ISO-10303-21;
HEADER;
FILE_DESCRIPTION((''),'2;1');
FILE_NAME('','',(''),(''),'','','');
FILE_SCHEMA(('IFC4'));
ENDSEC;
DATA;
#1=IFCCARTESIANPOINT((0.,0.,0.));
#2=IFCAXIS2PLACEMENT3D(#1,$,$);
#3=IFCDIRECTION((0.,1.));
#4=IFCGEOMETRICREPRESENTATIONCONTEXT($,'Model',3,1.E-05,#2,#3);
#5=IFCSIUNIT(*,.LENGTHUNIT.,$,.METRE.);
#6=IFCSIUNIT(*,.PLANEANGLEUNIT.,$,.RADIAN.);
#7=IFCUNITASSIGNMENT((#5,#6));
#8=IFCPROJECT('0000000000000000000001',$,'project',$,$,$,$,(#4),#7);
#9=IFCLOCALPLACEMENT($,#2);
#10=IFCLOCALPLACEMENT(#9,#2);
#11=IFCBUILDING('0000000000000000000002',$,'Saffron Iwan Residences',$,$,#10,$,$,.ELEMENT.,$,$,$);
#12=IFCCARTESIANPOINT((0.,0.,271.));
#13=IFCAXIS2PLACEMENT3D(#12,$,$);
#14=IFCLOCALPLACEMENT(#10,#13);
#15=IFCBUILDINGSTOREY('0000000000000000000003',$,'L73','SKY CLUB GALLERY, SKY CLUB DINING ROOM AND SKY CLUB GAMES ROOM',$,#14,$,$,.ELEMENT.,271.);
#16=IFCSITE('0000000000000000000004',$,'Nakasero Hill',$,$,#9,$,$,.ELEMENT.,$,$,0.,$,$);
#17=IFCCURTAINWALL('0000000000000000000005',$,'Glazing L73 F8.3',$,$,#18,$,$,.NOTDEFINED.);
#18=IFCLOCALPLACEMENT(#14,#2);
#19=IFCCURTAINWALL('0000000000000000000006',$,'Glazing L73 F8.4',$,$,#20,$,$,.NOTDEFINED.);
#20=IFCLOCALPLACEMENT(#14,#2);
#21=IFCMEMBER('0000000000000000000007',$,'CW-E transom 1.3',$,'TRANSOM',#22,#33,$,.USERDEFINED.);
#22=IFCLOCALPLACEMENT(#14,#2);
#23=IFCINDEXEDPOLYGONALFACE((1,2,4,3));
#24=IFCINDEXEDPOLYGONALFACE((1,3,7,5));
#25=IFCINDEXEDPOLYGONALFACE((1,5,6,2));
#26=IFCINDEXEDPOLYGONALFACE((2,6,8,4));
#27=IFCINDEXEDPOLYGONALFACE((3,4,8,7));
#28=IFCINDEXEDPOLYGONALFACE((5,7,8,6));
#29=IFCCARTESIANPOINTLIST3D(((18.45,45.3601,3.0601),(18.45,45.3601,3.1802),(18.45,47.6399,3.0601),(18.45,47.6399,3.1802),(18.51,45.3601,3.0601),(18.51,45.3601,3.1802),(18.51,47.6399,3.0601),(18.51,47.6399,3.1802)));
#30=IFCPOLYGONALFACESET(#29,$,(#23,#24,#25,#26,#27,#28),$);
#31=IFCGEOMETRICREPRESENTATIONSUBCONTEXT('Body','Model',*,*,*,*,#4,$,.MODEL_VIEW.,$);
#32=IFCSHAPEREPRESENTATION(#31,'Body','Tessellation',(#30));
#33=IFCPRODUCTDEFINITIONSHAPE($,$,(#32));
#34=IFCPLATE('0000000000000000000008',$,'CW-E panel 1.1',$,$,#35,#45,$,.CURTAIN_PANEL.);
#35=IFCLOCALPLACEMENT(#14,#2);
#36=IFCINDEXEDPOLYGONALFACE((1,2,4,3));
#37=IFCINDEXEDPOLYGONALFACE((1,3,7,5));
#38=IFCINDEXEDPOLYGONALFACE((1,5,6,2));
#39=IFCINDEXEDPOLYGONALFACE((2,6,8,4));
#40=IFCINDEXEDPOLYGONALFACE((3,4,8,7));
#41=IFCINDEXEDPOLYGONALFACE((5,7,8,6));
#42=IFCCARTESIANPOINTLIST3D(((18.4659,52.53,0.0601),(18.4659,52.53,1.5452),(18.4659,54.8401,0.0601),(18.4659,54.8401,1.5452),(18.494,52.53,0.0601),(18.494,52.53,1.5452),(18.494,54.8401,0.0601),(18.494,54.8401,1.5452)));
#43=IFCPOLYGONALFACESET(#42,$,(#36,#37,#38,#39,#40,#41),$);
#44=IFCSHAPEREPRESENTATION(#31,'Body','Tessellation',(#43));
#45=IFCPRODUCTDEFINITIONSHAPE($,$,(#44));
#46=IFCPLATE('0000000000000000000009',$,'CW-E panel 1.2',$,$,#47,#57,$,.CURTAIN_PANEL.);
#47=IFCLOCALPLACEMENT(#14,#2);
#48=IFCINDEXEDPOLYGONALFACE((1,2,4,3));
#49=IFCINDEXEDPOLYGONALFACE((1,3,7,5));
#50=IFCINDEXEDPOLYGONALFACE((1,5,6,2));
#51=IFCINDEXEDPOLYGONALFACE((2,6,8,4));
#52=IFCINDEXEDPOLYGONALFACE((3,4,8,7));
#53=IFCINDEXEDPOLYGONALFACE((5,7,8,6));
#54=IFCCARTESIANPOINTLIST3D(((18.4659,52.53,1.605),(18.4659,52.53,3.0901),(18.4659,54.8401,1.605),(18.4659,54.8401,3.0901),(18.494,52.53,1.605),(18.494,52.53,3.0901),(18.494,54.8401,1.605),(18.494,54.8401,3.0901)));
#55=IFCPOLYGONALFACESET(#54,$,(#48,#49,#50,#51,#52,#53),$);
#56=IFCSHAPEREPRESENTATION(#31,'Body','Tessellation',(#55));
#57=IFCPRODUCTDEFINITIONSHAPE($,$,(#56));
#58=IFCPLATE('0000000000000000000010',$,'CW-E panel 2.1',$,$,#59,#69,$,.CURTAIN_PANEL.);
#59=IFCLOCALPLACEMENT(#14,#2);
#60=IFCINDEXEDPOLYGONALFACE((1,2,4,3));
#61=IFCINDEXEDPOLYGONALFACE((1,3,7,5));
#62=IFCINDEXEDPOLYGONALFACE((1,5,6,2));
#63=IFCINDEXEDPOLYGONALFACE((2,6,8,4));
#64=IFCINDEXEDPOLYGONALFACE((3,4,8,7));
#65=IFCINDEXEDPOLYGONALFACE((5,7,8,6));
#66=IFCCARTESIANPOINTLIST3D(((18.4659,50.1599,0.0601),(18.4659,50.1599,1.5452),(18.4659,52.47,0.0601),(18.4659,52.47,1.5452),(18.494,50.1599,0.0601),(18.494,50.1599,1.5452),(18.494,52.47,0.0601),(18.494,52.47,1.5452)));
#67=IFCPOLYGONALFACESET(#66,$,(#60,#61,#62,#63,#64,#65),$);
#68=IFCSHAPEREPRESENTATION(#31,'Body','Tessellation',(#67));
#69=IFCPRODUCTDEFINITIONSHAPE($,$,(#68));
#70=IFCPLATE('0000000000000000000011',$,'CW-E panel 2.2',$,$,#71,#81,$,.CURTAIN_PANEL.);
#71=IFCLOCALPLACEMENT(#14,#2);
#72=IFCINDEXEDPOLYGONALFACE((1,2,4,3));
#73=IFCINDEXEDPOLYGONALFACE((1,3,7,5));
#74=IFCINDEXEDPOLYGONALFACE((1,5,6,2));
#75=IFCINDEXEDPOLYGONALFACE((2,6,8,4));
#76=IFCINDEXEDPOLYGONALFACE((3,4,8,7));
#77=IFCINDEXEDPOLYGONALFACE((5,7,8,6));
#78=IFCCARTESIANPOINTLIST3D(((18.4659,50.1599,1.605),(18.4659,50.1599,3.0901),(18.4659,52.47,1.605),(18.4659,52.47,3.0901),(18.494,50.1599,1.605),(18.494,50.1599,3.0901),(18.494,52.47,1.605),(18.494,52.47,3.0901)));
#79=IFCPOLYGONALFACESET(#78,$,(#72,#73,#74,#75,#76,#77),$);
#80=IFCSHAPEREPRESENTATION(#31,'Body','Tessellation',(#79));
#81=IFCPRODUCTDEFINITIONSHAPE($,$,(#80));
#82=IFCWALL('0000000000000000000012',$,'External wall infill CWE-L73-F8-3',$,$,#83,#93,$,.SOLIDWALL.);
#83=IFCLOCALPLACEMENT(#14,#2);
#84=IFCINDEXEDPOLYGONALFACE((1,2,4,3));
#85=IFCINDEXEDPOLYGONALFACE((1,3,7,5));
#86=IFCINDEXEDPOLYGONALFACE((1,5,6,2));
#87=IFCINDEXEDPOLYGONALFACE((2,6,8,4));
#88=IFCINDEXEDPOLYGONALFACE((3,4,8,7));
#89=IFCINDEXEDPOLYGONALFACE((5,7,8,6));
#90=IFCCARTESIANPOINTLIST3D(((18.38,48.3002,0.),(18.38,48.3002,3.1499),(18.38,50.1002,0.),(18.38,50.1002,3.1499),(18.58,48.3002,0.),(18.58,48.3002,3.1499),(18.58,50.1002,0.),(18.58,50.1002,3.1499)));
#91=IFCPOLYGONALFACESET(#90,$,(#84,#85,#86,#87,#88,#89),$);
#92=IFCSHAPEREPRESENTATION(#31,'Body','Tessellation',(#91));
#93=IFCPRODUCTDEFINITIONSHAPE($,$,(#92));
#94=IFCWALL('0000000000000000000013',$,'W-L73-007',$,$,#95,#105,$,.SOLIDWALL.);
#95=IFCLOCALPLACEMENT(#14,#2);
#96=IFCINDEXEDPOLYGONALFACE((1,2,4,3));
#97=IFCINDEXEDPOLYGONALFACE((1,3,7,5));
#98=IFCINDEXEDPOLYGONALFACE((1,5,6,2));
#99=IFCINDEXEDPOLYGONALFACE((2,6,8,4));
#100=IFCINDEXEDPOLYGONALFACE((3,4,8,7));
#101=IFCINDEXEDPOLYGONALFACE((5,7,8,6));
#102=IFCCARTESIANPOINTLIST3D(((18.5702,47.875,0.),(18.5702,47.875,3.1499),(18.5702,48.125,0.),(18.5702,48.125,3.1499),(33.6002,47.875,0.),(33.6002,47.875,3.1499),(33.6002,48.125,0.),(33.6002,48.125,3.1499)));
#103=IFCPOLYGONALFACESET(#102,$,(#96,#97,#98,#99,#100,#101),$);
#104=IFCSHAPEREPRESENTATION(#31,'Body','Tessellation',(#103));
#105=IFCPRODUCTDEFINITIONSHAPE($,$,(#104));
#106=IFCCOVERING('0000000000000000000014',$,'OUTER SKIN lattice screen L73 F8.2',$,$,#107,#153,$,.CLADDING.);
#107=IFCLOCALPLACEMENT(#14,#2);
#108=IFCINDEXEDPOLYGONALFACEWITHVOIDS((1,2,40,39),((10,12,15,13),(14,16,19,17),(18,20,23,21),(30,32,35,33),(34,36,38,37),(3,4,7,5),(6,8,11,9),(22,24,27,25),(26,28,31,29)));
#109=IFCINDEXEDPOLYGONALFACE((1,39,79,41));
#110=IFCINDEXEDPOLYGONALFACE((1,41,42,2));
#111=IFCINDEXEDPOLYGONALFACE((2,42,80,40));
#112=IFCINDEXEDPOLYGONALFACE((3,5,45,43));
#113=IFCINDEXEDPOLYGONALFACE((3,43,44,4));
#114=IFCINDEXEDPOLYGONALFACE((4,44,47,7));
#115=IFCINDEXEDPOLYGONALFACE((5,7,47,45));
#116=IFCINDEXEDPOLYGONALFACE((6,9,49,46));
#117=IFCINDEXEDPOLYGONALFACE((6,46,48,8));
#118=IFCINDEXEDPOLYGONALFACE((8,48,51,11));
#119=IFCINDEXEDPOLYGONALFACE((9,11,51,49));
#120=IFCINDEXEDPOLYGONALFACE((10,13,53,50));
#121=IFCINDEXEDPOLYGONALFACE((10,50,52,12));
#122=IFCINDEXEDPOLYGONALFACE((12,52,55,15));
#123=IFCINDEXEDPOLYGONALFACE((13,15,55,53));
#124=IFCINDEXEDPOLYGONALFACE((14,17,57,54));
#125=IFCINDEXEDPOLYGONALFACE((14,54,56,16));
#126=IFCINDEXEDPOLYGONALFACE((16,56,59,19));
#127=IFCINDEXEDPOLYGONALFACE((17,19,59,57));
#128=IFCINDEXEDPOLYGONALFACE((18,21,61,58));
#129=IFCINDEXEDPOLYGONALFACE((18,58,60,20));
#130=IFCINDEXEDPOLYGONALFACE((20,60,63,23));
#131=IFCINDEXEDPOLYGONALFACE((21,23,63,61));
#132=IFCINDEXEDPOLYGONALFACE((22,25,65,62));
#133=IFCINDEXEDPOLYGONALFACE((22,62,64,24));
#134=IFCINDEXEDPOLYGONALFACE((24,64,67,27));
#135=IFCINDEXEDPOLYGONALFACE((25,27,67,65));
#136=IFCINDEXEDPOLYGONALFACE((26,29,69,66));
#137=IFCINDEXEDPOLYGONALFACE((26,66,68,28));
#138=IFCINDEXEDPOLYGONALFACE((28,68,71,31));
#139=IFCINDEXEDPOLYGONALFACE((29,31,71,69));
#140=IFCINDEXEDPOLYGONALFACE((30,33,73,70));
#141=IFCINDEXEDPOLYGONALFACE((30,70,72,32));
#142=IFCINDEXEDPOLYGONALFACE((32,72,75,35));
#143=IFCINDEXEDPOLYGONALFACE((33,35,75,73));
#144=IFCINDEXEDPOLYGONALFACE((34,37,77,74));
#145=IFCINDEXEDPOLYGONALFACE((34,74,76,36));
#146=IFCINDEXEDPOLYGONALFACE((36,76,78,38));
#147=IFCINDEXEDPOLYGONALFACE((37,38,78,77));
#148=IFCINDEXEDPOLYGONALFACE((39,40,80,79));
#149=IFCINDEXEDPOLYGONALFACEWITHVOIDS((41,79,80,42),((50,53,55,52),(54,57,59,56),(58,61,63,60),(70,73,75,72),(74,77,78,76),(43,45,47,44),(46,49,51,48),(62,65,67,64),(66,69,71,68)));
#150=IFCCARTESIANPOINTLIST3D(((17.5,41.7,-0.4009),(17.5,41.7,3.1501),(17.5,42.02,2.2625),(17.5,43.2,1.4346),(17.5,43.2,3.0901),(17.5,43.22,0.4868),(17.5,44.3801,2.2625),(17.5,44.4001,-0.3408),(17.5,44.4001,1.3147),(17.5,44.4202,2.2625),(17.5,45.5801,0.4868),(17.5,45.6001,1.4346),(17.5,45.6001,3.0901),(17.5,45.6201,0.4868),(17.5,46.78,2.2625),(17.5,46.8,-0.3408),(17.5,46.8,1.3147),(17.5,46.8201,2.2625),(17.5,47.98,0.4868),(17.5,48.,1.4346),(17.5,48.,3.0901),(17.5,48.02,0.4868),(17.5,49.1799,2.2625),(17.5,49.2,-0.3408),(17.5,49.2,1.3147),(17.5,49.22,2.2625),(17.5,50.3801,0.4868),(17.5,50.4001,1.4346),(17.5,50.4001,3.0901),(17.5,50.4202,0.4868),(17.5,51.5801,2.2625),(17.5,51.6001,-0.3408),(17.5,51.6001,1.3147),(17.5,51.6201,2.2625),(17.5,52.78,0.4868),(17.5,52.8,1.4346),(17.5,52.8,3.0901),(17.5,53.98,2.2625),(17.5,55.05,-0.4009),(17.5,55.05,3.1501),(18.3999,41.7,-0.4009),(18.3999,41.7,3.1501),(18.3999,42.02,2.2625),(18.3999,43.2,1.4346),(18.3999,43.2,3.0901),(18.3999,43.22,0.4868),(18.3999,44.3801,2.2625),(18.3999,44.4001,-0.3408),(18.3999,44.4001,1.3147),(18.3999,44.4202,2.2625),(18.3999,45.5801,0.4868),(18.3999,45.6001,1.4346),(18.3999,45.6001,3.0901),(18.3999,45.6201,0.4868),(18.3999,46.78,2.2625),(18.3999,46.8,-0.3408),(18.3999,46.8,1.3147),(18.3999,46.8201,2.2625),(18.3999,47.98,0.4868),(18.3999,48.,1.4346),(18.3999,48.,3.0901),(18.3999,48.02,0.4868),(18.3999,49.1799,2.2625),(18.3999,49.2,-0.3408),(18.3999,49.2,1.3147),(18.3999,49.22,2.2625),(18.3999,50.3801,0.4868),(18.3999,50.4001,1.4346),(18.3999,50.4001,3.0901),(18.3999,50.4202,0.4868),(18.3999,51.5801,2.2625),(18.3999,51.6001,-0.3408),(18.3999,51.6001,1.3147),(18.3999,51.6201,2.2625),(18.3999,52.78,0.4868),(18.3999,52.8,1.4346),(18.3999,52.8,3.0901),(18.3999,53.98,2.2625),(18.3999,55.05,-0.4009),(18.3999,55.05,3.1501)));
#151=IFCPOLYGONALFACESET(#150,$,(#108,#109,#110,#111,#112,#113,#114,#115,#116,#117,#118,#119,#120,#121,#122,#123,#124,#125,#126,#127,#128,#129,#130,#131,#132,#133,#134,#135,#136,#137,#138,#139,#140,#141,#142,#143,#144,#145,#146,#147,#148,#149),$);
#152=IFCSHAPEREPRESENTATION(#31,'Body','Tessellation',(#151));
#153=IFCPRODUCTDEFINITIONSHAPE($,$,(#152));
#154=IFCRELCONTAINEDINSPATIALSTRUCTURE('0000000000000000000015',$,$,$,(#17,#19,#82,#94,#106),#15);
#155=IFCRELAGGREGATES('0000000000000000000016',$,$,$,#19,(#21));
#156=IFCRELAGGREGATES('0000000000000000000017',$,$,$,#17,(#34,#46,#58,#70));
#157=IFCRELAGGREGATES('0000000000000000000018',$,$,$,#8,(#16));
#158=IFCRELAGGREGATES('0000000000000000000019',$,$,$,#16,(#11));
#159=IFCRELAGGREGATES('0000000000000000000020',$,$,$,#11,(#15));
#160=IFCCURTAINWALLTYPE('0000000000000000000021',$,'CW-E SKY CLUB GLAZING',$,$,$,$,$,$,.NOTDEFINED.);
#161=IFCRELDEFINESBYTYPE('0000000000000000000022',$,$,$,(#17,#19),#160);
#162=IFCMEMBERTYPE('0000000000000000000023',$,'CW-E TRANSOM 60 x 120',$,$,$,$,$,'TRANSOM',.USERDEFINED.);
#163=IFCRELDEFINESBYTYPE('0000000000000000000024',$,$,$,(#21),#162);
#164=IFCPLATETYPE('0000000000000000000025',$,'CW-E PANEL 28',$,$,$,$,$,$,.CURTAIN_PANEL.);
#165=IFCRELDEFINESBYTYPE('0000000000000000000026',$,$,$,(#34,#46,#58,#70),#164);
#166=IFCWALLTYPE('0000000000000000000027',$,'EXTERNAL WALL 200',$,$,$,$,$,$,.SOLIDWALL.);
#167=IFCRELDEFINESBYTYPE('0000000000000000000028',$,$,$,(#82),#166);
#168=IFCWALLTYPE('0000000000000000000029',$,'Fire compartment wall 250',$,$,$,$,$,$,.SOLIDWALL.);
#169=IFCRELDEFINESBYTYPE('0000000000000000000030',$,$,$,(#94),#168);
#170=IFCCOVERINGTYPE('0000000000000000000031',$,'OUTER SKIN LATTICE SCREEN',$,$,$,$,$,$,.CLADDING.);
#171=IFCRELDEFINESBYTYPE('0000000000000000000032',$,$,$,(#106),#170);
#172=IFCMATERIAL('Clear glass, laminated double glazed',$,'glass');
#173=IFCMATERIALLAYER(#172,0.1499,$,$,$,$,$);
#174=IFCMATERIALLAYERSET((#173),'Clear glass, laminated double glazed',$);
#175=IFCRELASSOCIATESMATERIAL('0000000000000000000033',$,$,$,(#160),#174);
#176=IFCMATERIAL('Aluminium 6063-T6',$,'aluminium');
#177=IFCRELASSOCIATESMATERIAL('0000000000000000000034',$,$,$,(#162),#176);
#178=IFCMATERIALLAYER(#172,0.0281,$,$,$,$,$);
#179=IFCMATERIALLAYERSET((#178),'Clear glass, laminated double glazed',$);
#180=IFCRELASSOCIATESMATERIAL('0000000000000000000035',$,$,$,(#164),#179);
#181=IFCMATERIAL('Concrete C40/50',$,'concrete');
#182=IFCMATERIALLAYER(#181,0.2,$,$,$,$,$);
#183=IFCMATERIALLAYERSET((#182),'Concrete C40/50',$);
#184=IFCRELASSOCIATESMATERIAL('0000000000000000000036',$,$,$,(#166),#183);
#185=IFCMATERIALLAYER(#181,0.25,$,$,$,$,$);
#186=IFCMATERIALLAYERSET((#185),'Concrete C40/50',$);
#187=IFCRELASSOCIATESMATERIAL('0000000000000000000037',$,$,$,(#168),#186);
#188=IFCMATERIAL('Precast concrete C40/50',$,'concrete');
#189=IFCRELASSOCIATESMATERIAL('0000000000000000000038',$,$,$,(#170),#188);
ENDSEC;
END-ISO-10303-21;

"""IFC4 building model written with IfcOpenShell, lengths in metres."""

from ifc_helpers import new_model, si_unit, direction, frame, frame_2d, origin, origin_2d, place, context, subcontext, project, spatial, polyline, rectangle, outline, extrude, source, transform, mapped, material, layer, layer_set, material_profile, profile_set, type_object, element, aggregate, save


model = new_model("IFC4")

# Units and contexts
model_context = context("Model", 3, precision=1e-05, world=origin(), true_north=direction((0.0, 1.0)))
body_context = subcontext(model_context, "Body", "Model", "MODEL_VIEW")
ifc_project = project(units=[si_unit("LENGTHUNIT", "METRE"), si_unit("PLANEANGLEUNIT", "RADIAN")], contexts=[model_context])

# Site, building, storey
site_placement = place(None, origin())
site = spatial("IfcSite", under=ifc_project, at=site_placement, Name="Nakasero Hill", CompositionType="ELEMENT", RefElevation=0.0)
building_placement = place(site_placement, origin())
building = spatial("IfcBuilding", under=site, at=building_placement, Name="Saffron Iwan Residences", CompositionType="ELEMENT")
storey_placement = place(building_placement, frame((0.0, 0.0, 271.0)))
storey = spatial("IfcBuildingStorey", under=building, at=storey_placement, Name="L73", Description="SKY CLUB GALLERY, SKY CLUB DINING ROOM AND SKY CLUB GAMES ROOM", CompositionType="ELEMENT", Elevation=271.0)

# Shared definitions
ifc_material_1 = material(Name="Concrete C40/50", Category="concrete")

# Curtain wall
ifc_material_2 = material(Name="Clear glass, laminated double glazed", Category="glass")
ifc_layer_1 = layer(ifc_material_2, 0.1499)
ifc_layer_set_1 = layer_set([ifc_layer_1], Name="Clear glass, laminated double glazed")
curtain_wall_type = type_object("IfcCurtainWallType", Name="CW-E SKY CLUB GLAZING", PredefinedType="NOTDEFINED", material=ifc_layer_set_1)
curtain_wall_1_placement = place(storey_placement, origin())
curtain_wall_1 = element("IfcCurtainWall", 1, at=curtain_wall_1_placement, inside=storey, type_object=curtain_wall_type, Name="Glazing L73 F8.3", PredefinedType="NOTDEFINED")
ifc_material_3 = material(Name="Aluminium 6063-T6", Category="aluminium")

# Curtain wall
curtain_wall_2_placement = place(storey_placement, origin())
curtain_wall_2 = element("IfcCurtainWall", 2, at=curtain_wall_2_placement, inside=storey, type_object=curtain_wall_type, Name="Glazing L73 F8.4", PredefinedType="NOTDEFINED")

# Member
ifc_material_profile_1 = material_profile(ifc_material_3, rectangle(XDim=0.0601, YDim=0.1201, at=origin_2d()), Name="CW-E TRANSOM 60 x 120")
ifc_profile_set_1 = profile_set([ifc_material_profile_1], Name="Aluminium 6063-T6")
member_type_1 = type_object("IfcMemberType", Name="CW-E TRANSOM 60 x 120", ElementType="TRANSOM", PredefinedType="USERDEFINED", material=ifc_profile_set_1)
shared_shape_1 = source(origin(), body_context, "Body", "SweptSolid", [
    extrude(rectangle(XDim=0.0601, YDim=0.1201, at=origin_2d()), origin(), (0.0, 0.0, 1.0), 2.2798),
])
member_1_placement = place(storey_placement, frame((18.48, 47.6399, 3.1201), z_axis=(0.0, -1.0, 0.0), x_axis=(1.0, 0.0, 0.0)))
member_1 = element("IfcMember", 3, at=member_1_placement, type_object=member_type_1, Name="CW-E transom 1.3", ObjectType="TRANSOM", PredefinedType="USERDEFINED", context=body_context, shape_type="MappedRepresentation", body=[
    mapped(shared_shape_1, transform((0.0, 0.0, 0.0))),
])
aggregate(curtain_wall_2, [member_1])

# Plates
ifc_layer_2 = layer(ifc_material_2, 0.0281)
ifc_layer_set_2 = layer_set([ifc_layer_2], Name="Clear glass, laminated double glazed")
plate_type = type_object("IfcPlateType", Name="CW-E PANEL 28", PredefinedType="CURTAIN_PANEL", material=ifc_layer_set_2)
shared_shape_2 = source(origin(), body_context, "Body", "SweptSolid", [
    extrude(rectangle(XDim=2.3101, YDim=0.0281, at=origin_2d()), origin(), (0.0, 0.0, 1.0), 1.4851),
])
plate_1_placement = place(storey_placement, frame((18.48, 53.6851, 0.0601), z_axis=(0.0, 0.0, 1.0), x_axis=(0.0, -1.0, 0.0)))
plate_1 = element("IfcPlate", 4, at=plate_1_placement, type_object=plate_type, Name="CW-E panel 1.1", PredefinedType="CURTAIN_PANEL", context=body_context, shape_type="MappedRepresentation", body=[
    mapped(shared_shape_2, transform((0.0, 0.0, 0.0))),
])
plate_2_placement = place(storey_placement, frame((18.48, 53.6851, 1.605), z_axis=(0.0, 0.0, 1.0), x_axis=(0.0, -1.0, 0.0)))
plate_2 = element("IfcPlate", 5, at=plate_2_placement, type_object=plate_type, Name="CW-E panel 1.2", PredefinedType="CURTAIN_PANEL", context=body_context, shape_type="MappedRepresentation", body=[
    mapped(shared_shape_2, transform((0.0, 0.0, 0.0))),
])
plate_3_placement = place(storey_placement, frame((18.48, 51.3149, 0.0601), z_axis=(0.0, 0.0, 1.0), x_axis=(0.0, -1.0, 0.0)))
plate_3 = element("IfcPlate", 6, at=plate_3_placement, type_object=plate_type, Name="CW-E panel 2.1", PredefinedType="CURTAIN_PANEL", context=body_context, shape_type="MappedRepresentation", body=[
    mapped(shared_shape_2, transform((0.0, 0.0, 0.0))),
])
plate_4_placement = place(storey_placement, frame((18.48, 51.3149, 1.605), z_axis=(0.0, 0.0, 1.0), x_axis=(0.0, -1.0, 0.0)))
plate_4 = element("IfcPlate", 7, at=plate_4_placement, type_object=plate_type, Name="CW-E panel 2.2", PredefinedType="CURTAIN_PANEL", context=body_context, shape_type="MappedRepresentation", body=[
    mapped(shared_shape_2, transform((0.0, 0.0, 0.0))),
])
aggregate(curtain_wall_1, [plate_1, plate_2, plate_3, plate_4])

# Walls
ifc_layer_3 = layer(ifc_material_1, 0.2)
ifc_layer_set_3 = layer_set([ifc_layer_3], Name="Concrete C40/50")
wall_type_1 = type_object("IfcWallType", Name="EXTERNAL WALL 200", PredefinedType="SOLIDWALL", material=ifc_layer_set_3)
wall_1_placement = place(storey_placement, frame((18.48, 50.1001, 0.0), z_axis=(0.0, 0.0, 1.0), x_axis=(0.0, -1.0, 0.0)))
element("IfcWall", 8, at=wall_1_placement, inside=storey, type_object=wall_type_1, Name="External wall infill CWE-L73-F8-3", PredefinedType="SOLIDWALL", context=body_context, shape_type="SweptSolid", body=[
    extrude(rectangle(XDim=1.8, YDim=0.2, at=frame_2d((0.8999, 0.0))), origin(), (0.0, 0.0, 1.0), 3.1499),
])
ifc_layer_4 = layer(ifc_material_1, 0.25)
ifc_layer_set_4 = layer_set([ifc_layer_4], Name="Concrete C40/50")
wall_type_2 = type_object("IfcWallType", Name="Fire compartment wall 250", PredefinedType="SOLIDWALL", material=ifc_layer_set_4)
wall_2_placement = place(storey_placement, frame((18.5701, 48.0, 0.0), z_axis=(0.0, 0.0, 1.0), x_axis=(1.0, 0.0, 0.0)))
element("IfcWall", 9, at=wall_2_placement, inside=storey, type_object=wall_type_2, Name="W-L73-007", PredefinedType="SOLIDWALL", context=body_context, shape_type="SweptSolid", body=[
    extrude(rectangle(XDim=15.03, YDim=0.25, at=frame_2d((7.5151, 0.0))), origin(), (0.0, 0.0, 1.0), 3.1499),
])

# Covering
ifc_material_4 = material(Name="Precast concrete C40/50", Category="concrete")
covering_type = type_object("IfcCoveringType", Name="OUTER SKIN LATTICE SCREEN", PredefinedType="CLADDING", material=ifc_material_4)
covering_placement = place(storey_placement, frame((18.3999, 55.05, -0.4009), z_axis=(-1.0, 0.0, 0.0), x_axis=(0.0, -1.0, 0.0)))
element("IfcCovering", 10, at=covering_placement, inside=storey, type_object=covering_type, Name="OUTER SKIN lattice screen L73 F8.2", PredefinedType="CLADDING", context=body_context, shape_type="SweptSolid", body=[
    extrude(outline(polyline([(0.0, 0.0), (13.3501, 0.0), (13.3501, 3.551), (0.0, 3.551), (0.0, 0.0)]), holes=[polyline([(2.27, 0.8877), (3.45, 0.0601), (4.6299, 0.8877), (3.45, 1.7156), (2.27, 0.8877)]), polyline([(4.6699, 0.8877), (5.8501, 0.0601), (7.03, 0.8877), (5.8501, 1.7156), (4.6699, 0.8877)]), polyline([(7.0701, 0.8877), (8.25, 0.0601), (9.4299, 0.8877), (8.25, 1.7156), (7.0701, 0.8877)]), polyline([(9.47, 0.8877), (10.6499, 0.0601), (11.8301, 0.8877), (10.6499, 1.7156), (9.47, 0.8877)]), polyline([(1.0701, 2.6633), (2.25, 1.8354), (3.4299, 2.6633), (2.25, 3.491), (1.0701, 2.6633)]), polyline([(3.47, 2.6633), (4.6499, 1.8354), (5.8301, 2.6633), (4.6499, 3.491), (3.47, 2.6633)]), polyline([(5.8701, 2.6633), (7.05, 1.8354), (8.23, 2.6633), (7.05, 3.491), (5.8701, 2.6633)]), polyline([(8.27, 2.6633), (9.45, 1.8354), (10.6299, 2.6633), (9.45, 3.491), (8.27, 2.6633)]), polyline([(10.6699, 2.6633), (11.8501, 1.8354), (13.03, 2.6633), (11.8501, 3.491), (10.6699, 2.6633)])]), origin(), (0.0, 0.0, 1.0), 0.8999),
])

save(model, "model.ifc")
